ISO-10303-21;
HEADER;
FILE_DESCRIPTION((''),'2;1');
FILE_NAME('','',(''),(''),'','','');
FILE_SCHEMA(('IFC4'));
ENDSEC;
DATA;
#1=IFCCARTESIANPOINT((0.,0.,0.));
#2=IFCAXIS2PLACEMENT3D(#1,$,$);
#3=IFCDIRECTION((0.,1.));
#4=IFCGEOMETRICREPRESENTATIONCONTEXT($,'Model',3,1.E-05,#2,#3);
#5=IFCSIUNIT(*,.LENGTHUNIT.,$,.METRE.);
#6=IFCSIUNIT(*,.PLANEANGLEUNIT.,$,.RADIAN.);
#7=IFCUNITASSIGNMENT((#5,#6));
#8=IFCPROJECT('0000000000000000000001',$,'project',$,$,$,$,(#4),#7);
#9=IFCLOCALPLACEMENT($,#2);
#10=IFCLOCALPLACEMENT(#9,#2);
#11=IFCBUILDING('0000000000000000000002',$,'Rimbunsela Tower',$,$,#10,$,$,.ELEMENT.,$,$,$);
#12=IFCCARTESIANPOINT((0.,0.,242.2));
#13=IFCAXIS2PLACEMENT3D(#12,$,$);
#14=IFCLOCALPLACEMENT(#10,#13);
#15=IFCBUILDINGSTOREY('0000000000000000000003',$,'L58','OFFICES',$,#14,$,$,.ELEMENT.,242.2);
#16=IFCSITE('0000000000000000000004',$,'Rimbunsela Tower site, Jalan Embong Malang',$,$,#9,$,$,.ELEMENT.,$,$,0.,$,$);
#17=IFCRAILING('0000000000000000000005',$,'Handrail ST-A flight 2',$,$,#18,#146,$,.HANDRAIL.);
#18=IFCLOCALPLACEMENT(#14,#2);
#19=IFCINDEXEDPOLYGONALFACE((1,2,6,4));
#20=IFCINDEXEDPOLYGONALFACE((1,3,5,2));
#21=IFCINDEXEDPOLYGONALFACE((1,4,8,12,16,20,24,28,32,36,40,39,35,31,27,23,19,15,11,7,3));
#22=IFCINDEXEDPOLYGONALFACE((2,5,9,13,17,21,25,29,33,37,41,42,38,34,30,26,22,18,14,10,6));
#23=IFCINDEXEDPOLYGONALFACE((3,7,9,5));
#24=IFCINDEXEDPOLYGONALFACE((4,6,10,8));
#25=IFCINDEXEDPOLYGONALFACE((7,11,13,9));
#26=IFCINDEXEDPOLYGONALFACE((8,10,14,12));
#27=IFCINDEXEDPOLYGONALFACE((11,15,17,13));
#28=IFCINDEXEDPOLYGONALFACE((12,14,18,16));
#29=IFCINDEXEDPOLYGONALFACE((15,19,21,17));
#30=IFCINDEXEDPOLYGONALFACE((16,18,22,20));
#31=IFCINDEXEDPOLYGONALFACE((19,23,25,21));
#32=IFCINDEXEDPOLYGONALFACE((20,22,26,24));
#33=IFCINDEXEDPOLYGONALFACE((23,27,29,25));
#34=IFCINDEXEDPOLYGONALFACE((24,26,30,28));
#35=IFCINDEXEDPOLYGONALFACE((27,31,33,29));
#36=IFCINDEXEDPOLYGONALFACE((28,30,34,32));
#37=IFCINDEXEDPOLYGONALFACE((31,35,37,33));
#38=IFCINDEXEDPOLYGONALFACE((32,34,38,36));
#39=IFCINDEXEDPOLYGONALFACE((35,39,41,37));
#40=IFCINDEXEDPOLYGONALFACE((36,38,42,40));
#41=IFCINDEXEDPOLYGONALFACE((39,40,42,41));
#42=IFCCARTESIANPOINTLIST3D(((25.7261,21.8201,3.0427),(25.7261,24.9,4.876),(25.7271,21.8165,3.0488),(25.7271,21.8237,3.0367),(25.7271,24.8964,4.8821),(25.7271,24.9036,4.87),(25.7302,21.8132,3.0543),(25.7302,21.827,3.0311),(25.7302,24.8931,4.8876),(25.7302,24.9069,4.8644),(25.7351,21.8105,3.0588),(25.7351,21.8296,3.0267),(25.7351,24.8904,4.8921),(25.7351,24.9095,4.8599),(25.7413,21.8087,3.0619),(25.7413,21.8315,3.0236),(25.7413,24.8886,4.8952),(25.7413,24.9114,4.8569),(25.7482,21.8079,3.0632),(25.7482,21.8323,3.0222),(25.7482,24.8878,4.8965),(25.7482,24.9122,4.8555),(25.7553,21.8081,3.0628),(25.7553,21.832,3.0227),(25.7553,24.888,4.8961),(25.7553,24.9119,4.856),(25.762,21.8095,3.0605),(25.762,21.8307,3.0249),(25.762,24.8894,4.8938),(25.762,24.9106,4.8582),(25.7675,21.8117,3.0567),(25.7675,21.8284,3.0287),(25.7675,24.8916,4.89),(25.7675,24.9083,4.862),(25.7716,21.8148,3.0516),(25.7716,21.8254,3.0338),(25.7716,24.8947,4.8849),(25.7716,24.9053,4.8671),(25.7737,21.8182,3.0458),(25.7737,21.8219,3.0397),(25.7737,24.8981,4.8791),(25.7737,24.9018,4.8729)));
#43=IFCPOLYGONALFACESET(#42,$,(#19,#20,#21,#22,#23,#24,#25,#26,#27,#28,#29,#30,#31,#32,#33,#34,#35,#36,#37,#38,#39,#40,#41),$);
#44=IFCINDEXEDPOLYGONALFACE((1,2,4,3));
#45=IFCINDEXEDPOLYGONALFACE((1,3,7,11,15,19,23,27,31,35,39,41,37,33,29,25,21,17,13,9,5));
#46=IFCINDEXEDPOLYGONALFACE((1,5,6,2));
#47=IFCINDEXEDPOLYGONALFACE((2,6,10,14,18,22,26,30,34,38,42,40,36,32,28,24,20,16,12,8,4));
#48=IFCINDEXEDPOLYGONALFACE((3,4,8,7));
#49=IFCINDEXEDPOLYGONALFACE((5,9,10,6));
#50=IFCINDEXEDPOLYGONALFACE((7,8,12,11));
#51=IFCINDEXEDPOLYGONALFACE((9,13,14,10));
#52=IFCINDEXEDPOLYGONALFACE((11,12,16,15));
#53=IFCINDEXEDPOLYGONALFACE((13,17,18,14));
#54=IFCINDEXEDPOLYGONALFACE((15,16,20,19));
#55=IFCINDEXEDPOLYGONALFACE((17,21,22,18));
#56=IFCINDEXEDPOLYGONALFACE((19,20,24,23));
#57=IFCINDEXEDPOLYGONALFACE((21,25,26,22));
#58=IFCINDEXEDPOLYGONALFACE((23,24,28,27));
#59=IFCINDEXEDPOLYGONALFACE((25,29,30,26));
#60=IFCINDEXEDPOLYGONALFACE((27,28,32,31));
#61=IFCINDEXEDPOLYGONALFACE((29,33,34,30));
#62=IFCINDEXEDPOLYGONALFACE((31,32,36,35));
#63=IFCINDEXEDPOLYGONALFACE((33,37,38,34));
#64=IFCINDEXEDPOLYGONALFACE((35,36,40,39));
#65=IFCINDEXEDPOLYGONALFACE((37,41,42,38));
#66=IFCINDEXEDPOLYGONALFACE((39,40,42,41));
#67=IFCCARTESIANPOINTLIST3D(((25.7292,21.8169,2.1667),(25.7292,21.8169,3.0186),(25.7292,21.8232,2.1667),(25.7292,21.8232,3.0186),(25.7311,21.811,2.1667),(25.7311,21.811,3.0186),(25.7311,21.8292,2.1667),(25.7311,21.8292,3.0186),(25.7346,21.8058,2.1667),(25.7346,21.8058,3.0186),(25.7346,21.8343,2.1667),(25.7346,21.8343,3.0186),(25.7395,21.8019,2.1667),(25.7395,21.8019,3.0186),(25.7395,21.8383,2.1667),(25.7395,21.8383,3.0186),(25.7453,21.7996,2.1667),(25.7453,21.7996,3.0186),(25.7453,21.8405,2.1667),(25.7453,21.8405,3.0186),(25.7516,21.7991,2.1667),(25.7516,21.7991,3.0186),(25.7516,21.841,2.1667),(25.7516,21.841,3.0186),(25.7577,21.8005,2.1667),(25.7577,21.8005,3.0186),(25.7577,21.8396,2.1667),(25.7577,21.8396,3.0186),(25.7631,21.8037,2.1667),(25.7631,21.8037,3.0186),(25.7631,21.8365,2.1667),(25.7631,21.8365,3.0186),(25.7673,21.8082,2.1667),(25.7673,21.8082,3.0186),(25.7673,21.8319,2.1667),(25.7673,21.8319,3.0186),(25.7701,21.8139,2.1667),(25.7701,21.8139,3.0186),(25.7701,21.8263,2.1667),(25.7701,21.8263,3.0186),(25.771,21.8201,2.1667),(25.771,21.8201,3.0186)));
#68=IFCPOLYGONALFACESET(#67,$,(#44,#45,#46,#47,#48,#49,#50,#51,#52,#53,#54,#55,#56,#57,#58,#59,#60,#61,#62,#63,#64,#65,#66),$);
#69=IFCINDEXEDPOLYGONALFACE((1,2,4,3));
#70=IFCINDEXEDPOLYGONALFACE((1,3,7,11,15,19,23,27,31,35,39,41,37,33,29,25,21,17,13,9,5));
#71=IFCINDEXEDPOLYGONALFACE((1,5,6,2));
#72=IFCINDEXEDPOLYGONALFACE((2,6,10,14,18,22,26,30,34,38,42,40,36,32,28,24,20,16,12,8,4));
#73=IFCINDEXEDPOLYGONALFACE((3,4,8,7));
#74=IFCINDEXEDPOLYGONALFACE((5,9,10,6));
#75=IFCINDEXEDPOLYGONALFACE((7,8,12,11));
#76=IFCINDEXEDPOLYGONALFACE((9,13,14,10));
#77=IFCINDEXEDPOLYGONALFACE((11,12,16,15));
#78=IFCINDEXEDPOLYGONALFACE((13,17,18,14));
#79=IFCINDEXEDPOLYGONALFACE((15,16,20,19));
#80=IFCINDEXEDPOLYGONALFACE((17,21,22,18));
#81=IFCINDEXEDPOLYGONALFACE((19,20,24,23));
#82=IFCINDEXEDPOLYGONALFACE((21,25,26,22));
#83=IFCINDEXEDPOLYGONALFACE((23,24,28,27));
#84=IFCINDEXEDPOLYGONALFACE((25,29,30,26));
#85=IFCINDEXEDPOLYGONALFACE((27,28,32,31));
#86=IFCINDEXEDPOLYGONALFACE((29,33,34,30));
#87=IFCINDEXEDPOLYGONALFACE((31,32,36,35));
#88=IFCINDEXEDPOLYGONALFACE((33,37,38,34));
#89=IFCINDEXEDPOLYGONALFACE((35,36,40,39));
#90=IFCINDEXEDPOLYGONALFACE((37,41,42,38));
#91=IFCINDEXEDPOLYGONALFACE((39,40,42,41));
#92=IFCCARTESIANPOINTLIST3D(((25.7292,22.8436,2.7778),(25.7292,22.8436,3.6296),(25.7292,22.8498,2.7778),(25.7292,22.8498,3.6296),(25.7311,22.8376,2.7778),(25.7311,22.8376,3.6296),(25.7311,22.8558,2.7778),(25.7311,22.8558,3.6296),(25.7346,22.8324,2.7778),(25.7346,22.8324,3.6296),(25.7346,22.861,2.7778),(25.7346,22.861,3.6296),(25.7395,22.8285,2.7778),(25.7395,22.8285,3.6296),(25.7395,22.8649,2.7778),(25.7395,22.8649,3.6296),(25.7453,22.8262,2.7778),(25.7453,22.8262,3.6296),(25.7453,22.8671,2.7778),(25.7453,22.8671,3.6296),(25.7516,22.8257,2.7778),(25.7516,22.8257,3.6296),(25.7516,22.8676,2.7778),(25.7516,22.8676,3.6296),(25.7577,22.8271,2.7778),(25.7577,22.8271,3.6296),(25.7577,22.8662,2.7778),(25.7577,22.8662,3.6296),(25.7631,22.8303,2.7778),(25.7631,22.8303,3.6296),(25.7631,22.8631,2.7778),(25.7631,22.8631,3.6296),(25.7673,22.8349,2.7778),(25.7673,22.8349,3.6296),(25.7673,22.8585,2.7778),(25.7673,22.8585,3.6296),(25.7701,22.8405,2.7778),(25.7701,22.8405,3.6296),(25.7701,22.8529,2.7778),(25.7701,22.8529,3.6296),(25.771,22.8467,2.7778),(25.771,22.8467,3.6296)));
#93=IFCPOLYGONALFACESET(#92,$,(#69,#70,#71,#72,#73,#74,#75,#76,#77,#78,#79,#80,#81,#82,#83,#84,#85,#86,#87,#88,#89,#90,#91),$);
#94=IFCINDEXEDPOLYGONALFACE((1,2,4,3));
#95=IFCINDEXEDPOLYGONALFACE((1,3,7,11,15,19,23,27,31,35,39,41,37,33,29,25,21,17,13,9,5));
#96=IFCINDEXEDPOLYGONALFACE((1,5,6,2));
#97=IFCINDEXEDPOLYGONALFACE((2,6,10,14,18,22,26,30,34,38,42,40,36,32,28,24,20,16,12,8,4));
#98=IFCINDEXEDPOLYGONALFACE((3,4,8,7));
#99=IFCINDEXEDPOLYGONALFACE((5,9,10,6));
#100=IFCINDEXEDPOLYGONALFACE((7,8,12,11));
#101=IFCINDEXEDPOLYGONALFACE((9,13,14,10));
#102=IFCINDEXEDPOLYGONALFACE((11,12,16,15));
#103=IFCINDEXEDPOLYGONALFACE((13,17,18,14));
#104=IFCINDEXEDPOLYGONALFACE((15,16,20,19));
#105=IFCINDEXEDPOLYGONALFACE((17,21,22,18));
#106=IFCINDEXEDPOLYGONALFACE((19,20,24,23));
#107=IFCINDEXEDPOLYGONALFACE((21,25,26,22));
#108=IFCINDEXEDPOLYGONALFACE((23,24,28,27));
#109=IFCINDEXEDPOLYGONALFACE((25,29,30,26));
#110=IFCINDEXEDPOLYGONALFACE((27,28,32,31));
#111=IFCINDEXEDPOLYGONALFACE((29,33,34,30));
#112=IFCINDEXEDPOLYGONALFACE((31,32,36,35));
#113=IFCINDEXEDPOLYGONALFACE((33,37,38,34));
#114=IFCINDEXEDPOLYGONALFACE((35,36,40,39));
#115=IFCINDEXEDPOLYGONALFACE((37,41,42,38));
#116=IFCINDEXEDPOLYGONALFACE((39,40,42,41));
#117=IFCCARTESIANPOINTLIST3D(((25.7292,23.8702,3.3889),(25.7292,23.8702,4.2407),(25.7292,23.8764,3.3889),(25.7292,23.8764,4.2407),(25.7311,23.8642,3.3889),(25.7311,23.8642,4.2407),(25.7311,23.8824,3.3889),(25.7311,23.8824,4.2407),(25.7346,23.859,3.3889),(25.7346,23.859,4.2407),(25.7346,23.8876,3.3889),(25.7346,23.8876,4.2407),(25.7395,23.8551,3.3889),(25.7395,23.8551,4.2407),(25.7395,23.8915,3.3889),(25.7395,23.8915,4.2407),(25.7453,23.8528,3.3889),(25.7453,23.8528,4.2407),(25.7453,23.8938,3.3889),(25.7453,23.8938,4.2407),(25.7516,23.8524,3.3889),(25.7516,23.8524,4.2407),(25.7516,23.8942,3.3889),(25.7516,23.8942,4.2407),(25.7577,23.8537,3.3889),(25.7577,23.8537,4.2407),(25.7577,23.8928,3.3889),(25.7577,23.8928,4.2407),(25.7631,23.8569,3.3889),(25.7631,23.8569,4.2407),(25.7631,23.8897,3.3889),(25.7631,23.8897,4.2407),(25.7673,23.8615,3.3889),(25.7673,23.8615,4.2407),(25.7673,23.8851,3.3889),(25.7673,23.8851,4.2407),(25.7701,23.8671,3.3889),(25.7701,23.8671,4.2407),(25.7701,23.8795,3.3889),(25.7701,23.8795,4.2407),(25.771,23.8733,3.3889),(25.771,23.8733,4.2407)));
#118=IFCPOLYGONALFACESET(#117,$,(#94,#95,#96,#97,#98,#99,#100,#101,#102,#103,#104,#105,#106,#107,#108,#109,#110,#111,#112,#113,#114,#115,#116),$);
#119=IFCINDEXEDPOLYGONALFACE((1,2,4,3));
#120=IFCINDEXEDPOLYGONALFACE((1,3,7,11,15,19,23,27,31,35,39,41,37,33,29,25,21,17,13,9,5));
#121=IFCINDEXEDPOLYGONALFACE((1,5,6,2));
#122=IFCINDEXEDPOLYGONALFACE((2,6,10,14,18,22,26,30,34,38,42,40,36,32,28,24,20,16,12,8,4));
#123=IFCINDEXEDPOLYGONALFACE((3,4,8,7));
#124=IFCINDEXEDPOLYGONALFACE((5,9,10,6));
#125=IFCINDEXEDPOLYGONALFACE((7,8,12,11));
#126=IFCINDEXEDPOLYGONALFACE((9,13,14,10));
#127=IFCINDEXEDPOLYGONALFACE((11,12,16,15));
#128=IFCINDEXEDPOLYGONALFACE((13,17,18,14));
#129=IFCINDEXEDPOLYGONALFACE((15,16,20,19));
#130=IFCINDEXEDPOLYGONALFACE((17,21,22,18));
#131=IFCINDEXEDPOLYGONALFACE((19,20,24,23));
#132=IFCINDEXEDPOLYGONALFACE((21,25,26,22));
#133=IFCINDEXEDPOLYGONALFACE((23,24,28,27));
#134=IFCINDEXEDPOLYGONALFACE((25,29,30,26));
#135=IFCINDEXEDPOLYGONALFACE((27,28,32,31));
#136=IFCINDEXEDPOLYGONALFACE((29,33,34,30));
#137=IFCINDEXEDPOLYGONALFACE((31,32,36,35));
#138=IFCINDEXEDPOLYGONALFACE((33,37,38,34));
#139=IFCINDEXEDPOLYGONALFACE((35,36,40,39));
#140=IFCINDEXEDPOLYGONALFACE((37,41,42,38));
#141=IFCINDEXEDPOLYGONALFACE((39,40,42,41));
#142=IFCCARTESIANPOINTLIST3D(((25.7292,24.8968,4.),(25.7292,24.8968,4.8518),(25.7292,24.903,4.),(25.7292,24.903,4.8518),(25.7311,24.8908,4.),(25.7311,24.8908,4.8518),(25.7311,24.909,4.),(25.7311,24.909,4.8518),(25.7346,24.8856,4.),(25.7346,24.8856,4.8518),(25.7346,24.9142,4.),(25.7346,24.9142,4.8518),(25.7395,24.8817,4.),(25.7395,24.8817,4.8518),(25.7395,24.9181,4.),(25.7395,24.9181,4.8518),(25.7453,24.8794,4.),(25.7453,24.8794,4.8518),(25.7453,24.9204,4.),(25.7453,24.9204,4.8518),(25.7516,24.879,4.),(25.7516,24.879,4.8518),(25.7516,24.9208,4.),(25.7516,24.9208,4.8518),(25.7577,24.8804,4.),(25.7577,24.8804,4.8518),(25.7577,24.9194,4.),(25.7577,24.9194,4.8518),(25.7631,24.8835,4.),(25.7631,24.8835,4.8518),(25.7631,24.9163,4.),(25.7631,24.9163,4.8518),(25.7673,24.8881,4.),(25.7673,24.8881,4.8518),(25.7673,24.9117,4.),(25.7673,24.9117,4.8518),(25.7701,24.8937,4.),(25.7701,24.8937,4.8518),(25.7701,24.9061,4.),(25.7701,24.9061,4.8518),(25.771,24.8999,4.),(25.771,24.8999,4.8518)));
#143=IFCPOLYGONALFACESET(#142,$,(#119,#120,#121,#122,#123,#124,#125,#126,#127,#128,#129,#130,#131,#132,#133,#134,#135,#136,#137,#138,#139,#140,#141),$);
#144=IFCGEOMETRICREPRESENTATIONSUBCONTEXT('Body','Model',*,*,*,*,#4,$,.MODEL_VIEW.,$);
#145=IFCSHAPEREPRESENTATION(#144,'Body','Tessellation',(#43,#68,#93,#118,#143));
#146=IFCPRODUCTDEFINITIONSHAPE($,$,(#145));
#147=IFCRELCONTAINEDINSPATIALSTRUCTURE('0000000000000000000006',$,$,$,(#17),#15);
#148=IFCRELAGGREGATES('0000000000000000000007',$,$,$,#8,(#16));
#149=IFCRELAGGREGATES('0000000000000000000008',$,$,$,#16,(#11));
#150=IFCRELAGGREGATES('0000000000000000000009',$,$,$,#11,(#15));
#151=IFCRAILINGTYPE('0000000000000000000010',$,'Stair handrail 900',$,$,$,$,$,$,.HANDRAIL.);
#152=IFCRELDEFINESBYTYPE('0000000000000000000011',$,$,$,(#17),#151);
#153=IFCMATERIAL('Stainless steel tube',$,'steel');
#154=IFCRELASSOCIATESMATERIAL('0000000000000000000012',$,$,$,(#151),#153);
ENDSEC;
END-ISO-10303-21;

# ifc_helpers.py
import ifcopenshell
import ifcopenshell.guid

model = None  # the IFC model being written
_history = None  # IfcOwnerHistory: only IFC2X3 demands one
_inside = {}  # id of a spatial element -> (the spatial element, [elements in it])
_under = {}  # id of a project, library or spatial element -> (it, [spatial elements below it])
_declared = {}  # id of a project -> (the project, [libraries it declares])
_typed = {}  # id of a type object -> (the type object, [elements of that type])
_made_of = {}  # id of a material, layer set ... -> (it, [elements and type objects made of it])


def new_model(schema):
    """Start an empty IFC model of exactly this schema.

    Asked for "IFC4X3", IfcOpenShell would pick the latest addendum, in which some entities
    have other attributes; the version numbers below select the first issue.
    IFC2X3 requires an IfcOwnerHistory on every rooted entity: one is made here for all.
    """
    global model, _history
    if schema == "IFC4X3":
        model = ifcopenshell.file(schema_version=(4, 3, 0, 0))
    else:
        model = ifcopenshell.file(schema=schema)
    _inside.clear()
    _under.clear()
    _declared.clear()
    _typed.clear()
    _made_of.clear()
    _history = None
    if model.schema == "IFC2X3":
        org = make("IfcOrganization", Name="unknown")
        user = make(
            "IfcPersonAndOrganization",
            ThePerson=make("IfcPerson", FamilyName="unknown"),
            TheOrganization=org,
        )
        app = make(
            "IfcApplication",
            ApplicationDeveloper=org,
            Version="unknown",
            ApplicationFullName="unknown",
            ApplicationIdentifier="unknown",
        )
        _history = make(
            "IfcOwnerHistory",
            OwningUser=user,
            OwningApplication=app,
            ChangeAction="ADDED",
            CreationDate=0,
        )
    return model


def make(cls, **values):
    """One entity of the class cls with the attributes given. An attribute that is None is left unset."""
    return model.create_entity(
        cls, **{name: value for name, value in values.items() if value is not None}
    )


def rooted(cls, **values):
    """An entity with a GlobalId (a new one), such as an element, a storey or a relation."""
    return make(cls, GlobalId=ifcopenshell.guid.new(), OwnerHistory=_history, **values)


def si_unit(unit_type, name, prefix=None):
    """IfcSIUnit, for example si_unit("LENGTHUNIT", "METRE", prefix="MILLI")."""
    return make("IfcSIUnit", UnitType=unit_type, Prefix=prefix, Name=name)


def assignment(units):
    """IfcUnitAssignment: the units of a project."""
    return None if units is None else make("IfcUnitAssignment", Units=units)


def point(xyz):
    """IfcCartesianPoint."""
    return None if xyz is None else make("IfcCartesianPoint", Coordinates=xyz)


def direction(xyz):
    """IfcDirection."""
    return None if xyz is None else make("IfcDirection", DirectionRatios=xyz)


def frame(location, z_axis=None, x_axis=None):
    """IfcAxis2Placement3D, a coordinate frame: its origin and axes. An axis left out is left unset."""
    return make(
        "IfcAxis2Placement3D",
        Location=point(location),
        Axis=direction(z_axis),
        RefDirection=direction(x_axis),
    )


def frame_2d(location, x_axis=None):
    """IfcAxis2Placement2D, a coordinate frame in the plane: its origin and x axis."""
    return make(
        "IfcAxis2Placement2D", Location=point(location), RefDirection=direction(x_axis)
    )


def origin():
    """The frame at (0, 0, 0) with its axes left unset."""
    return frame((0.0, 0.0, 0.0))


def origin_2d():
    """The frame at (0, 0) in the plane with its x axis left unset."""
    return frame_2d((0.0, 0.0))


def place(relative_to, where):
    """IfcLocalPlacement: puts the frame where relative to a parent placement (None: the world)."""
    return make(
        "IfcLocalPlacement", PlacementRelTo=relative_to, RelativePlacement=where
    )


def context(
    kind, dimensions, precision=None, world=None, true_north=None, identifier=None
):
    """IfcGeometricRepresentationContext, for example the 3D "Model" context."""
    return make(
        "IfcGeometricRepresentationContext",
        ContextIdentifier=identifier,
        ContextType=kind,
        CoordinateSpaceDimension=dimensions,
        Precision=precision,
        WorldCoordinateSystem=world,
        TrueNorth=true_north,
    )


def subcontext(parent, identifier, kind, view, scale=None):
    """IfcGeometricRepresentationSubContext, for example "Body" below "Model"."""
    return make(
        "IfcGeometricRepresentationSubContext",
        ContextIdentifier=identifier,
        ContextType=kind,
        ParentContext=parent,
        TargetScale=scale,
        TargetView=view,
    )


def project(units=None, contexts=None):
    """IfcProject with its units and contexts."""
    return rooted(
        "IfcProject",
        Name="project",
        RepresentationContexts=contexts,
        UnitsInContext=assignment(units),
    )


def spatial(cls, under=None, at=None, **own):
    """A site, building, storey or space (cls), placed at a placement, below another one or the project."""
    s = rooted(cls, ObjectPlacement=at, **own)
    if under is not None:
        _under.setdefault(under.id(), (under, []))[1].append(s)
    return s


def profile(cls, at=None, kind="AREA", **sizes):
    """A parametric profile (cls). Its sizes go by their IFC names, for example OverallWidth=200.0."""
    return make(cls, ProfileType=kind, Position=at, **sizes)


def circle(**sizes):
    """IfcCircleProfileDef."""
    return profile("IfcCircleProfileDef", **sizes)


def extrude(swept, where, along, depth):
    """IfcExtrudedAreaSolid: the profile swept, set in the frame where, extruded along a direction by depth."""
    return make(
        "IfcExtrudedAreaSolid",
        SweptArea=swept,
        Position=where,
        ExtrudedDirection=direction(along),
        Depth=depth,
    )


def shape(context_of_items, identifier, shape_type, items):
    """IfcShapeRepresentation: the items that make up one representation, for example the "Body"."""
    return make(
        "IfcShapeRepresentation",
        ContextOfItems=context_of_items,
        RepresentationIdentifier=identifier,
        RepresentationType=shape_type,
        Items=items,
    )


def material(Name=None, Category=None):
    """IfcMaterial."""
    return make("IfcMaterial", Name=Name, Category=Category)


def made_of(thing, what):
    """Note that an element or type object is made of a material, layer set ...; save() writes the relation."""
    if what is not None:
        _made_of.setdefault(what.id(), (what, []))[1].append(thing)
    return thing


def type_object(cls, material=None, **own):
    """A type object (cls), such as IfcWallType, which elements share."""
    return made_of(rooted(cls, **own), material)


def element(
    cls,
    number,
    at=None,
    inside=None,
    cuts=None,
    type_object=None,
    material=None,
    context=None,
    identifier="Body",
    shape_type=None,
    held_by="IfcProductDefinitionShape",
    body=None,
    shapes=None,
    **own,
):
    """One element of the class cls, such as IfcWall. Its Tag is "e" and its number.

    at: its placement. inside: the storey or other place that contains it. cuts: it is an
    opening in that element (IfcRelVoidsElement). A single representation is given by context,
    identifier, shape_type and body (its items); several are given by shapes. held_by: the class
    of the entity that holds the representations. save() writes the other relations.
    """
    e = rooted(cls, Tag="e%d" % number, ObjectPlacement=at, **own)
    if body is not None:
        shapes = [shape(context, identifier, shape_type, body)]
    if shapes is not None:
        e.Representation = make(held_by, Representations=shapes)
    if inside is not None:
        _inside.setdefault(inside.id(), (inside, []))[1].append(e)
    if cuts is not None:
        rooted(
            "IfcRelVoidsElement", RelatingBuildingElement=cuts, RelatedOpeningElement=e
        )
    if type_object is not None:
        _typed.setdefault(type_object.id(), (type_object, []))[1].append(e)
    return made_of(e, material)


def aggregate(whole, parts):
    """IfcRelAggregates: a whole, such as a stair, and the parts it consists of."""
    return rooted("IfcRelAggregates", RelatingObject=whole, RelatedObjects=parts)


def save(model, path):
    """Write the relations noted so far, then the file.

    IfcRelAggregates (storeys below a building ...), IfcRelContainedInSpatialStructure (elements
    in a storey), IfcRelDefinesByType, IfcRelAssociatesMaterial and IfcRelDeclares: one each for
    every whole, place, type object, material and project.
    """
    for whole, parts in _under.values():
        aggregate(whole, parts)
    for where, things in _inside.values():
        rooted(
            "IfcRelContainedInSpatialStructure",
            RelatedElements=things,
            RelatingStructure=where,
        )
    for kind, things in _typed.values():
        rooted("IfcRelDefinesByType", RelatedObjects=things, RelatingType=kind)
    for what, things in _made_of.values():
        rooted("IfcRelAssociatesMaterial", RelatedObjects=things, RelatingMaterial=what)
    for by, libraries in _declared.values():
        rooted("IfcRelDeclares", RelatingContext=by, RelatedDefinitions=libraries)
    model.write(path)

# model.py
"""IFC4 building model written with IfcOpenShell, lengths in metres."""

from ifc_helpers import new_model, si_unit, direction, frame, origin, origin_2d, place, context, subcontext, project, spatial, circle, extrude, material, type_object, element, save


model = new_model("IFC4")

# Units and contexts
model_context = context("Model", 3, precision=1e-05, world=origin(), true_north=direction((0.0, 1.0)))
body_context = subcontext(model_context, "Body", "Model", "MODEL_VIEW")
ifc_project = project(units=[si_unit("LENGTHUNIT", "METRE"), si_unit("PLANEANGLEUNIT", "RADIAN")], contexts=[model_context])

# Site, building, storey
site_placement = place(None, origin())
site = spatial("IfcSite", under=ifc_project, at=site_placement, Name="Rimbunsela Tower site, Jalan Embong Malang", CompositionType="ELEMENT", RefElevation=0.0)
building_placement = place(site_placement, origin())
building = spatial("IfcBuilding", under=site, at=building_placement, Name="Rimbunsela Tower", CompositionType="ELEMENT")
storey_placement = place(building_placement, frame((0.0, 0.0, 242.2)))
storey = spatial("IfcBuildingStorey", under=building, at=storey_placement, Name="L58", Description="OFFICES", CompositionType="ELEMENT", Elevation=242.2)

# Railing
ifc_material_1 = material(Name="Stainless steel tube", Category="steel")
railing_type = type_object("IfcRailingType", Name="Stair handrail 900", PredefinedType="HANDRAIL", material=ifc_material_1)
railing_1_placement = place(storey_placement, frame((25.75, 21.8201, 2.1667)))
element("IfcRailing", 1, at=railing_1_placement, inside=storey, type_object=railing_type, Name="Handrail ST-A flight 2", PredefinedType="HANDRAIL", context=body_context, shape_type="SweptSolid", body=[
    extrude(circle(Radius=0.0239, at=origin_2d()), frame((0.0, 0.0, 0.876), z_axis=(0.0, 0.859291, 0.511487), x_axis=(-1.0, 0.0, 0.0)), (0.0, 0.0, 1.0), 3.5842),
    extrude(circle(Radius=0.021, at=origin_2d()), origin(), (0.0, 0.0, 1.0), 0.8518),
    extrude(circle(Radius=0.021, at=origin_2d()), frame((0.0, 1.0266, 0.6111)), (0.0, 0.0, 1.0), 0.8518),
    extrude(circle(Radius=0.021, at=origin_2d()), frame((0.0, 2.0532, 1.2222)), (0.0, 0.0, 1.0), 0.8518),
    extrude(circle(Radius=0.021, at=origin_2d()), frame((0.0, 3.0798, 1.8333)), (0.0, 0.0, 1.0), 0.8518),
])

save(model, "model.ifc")
